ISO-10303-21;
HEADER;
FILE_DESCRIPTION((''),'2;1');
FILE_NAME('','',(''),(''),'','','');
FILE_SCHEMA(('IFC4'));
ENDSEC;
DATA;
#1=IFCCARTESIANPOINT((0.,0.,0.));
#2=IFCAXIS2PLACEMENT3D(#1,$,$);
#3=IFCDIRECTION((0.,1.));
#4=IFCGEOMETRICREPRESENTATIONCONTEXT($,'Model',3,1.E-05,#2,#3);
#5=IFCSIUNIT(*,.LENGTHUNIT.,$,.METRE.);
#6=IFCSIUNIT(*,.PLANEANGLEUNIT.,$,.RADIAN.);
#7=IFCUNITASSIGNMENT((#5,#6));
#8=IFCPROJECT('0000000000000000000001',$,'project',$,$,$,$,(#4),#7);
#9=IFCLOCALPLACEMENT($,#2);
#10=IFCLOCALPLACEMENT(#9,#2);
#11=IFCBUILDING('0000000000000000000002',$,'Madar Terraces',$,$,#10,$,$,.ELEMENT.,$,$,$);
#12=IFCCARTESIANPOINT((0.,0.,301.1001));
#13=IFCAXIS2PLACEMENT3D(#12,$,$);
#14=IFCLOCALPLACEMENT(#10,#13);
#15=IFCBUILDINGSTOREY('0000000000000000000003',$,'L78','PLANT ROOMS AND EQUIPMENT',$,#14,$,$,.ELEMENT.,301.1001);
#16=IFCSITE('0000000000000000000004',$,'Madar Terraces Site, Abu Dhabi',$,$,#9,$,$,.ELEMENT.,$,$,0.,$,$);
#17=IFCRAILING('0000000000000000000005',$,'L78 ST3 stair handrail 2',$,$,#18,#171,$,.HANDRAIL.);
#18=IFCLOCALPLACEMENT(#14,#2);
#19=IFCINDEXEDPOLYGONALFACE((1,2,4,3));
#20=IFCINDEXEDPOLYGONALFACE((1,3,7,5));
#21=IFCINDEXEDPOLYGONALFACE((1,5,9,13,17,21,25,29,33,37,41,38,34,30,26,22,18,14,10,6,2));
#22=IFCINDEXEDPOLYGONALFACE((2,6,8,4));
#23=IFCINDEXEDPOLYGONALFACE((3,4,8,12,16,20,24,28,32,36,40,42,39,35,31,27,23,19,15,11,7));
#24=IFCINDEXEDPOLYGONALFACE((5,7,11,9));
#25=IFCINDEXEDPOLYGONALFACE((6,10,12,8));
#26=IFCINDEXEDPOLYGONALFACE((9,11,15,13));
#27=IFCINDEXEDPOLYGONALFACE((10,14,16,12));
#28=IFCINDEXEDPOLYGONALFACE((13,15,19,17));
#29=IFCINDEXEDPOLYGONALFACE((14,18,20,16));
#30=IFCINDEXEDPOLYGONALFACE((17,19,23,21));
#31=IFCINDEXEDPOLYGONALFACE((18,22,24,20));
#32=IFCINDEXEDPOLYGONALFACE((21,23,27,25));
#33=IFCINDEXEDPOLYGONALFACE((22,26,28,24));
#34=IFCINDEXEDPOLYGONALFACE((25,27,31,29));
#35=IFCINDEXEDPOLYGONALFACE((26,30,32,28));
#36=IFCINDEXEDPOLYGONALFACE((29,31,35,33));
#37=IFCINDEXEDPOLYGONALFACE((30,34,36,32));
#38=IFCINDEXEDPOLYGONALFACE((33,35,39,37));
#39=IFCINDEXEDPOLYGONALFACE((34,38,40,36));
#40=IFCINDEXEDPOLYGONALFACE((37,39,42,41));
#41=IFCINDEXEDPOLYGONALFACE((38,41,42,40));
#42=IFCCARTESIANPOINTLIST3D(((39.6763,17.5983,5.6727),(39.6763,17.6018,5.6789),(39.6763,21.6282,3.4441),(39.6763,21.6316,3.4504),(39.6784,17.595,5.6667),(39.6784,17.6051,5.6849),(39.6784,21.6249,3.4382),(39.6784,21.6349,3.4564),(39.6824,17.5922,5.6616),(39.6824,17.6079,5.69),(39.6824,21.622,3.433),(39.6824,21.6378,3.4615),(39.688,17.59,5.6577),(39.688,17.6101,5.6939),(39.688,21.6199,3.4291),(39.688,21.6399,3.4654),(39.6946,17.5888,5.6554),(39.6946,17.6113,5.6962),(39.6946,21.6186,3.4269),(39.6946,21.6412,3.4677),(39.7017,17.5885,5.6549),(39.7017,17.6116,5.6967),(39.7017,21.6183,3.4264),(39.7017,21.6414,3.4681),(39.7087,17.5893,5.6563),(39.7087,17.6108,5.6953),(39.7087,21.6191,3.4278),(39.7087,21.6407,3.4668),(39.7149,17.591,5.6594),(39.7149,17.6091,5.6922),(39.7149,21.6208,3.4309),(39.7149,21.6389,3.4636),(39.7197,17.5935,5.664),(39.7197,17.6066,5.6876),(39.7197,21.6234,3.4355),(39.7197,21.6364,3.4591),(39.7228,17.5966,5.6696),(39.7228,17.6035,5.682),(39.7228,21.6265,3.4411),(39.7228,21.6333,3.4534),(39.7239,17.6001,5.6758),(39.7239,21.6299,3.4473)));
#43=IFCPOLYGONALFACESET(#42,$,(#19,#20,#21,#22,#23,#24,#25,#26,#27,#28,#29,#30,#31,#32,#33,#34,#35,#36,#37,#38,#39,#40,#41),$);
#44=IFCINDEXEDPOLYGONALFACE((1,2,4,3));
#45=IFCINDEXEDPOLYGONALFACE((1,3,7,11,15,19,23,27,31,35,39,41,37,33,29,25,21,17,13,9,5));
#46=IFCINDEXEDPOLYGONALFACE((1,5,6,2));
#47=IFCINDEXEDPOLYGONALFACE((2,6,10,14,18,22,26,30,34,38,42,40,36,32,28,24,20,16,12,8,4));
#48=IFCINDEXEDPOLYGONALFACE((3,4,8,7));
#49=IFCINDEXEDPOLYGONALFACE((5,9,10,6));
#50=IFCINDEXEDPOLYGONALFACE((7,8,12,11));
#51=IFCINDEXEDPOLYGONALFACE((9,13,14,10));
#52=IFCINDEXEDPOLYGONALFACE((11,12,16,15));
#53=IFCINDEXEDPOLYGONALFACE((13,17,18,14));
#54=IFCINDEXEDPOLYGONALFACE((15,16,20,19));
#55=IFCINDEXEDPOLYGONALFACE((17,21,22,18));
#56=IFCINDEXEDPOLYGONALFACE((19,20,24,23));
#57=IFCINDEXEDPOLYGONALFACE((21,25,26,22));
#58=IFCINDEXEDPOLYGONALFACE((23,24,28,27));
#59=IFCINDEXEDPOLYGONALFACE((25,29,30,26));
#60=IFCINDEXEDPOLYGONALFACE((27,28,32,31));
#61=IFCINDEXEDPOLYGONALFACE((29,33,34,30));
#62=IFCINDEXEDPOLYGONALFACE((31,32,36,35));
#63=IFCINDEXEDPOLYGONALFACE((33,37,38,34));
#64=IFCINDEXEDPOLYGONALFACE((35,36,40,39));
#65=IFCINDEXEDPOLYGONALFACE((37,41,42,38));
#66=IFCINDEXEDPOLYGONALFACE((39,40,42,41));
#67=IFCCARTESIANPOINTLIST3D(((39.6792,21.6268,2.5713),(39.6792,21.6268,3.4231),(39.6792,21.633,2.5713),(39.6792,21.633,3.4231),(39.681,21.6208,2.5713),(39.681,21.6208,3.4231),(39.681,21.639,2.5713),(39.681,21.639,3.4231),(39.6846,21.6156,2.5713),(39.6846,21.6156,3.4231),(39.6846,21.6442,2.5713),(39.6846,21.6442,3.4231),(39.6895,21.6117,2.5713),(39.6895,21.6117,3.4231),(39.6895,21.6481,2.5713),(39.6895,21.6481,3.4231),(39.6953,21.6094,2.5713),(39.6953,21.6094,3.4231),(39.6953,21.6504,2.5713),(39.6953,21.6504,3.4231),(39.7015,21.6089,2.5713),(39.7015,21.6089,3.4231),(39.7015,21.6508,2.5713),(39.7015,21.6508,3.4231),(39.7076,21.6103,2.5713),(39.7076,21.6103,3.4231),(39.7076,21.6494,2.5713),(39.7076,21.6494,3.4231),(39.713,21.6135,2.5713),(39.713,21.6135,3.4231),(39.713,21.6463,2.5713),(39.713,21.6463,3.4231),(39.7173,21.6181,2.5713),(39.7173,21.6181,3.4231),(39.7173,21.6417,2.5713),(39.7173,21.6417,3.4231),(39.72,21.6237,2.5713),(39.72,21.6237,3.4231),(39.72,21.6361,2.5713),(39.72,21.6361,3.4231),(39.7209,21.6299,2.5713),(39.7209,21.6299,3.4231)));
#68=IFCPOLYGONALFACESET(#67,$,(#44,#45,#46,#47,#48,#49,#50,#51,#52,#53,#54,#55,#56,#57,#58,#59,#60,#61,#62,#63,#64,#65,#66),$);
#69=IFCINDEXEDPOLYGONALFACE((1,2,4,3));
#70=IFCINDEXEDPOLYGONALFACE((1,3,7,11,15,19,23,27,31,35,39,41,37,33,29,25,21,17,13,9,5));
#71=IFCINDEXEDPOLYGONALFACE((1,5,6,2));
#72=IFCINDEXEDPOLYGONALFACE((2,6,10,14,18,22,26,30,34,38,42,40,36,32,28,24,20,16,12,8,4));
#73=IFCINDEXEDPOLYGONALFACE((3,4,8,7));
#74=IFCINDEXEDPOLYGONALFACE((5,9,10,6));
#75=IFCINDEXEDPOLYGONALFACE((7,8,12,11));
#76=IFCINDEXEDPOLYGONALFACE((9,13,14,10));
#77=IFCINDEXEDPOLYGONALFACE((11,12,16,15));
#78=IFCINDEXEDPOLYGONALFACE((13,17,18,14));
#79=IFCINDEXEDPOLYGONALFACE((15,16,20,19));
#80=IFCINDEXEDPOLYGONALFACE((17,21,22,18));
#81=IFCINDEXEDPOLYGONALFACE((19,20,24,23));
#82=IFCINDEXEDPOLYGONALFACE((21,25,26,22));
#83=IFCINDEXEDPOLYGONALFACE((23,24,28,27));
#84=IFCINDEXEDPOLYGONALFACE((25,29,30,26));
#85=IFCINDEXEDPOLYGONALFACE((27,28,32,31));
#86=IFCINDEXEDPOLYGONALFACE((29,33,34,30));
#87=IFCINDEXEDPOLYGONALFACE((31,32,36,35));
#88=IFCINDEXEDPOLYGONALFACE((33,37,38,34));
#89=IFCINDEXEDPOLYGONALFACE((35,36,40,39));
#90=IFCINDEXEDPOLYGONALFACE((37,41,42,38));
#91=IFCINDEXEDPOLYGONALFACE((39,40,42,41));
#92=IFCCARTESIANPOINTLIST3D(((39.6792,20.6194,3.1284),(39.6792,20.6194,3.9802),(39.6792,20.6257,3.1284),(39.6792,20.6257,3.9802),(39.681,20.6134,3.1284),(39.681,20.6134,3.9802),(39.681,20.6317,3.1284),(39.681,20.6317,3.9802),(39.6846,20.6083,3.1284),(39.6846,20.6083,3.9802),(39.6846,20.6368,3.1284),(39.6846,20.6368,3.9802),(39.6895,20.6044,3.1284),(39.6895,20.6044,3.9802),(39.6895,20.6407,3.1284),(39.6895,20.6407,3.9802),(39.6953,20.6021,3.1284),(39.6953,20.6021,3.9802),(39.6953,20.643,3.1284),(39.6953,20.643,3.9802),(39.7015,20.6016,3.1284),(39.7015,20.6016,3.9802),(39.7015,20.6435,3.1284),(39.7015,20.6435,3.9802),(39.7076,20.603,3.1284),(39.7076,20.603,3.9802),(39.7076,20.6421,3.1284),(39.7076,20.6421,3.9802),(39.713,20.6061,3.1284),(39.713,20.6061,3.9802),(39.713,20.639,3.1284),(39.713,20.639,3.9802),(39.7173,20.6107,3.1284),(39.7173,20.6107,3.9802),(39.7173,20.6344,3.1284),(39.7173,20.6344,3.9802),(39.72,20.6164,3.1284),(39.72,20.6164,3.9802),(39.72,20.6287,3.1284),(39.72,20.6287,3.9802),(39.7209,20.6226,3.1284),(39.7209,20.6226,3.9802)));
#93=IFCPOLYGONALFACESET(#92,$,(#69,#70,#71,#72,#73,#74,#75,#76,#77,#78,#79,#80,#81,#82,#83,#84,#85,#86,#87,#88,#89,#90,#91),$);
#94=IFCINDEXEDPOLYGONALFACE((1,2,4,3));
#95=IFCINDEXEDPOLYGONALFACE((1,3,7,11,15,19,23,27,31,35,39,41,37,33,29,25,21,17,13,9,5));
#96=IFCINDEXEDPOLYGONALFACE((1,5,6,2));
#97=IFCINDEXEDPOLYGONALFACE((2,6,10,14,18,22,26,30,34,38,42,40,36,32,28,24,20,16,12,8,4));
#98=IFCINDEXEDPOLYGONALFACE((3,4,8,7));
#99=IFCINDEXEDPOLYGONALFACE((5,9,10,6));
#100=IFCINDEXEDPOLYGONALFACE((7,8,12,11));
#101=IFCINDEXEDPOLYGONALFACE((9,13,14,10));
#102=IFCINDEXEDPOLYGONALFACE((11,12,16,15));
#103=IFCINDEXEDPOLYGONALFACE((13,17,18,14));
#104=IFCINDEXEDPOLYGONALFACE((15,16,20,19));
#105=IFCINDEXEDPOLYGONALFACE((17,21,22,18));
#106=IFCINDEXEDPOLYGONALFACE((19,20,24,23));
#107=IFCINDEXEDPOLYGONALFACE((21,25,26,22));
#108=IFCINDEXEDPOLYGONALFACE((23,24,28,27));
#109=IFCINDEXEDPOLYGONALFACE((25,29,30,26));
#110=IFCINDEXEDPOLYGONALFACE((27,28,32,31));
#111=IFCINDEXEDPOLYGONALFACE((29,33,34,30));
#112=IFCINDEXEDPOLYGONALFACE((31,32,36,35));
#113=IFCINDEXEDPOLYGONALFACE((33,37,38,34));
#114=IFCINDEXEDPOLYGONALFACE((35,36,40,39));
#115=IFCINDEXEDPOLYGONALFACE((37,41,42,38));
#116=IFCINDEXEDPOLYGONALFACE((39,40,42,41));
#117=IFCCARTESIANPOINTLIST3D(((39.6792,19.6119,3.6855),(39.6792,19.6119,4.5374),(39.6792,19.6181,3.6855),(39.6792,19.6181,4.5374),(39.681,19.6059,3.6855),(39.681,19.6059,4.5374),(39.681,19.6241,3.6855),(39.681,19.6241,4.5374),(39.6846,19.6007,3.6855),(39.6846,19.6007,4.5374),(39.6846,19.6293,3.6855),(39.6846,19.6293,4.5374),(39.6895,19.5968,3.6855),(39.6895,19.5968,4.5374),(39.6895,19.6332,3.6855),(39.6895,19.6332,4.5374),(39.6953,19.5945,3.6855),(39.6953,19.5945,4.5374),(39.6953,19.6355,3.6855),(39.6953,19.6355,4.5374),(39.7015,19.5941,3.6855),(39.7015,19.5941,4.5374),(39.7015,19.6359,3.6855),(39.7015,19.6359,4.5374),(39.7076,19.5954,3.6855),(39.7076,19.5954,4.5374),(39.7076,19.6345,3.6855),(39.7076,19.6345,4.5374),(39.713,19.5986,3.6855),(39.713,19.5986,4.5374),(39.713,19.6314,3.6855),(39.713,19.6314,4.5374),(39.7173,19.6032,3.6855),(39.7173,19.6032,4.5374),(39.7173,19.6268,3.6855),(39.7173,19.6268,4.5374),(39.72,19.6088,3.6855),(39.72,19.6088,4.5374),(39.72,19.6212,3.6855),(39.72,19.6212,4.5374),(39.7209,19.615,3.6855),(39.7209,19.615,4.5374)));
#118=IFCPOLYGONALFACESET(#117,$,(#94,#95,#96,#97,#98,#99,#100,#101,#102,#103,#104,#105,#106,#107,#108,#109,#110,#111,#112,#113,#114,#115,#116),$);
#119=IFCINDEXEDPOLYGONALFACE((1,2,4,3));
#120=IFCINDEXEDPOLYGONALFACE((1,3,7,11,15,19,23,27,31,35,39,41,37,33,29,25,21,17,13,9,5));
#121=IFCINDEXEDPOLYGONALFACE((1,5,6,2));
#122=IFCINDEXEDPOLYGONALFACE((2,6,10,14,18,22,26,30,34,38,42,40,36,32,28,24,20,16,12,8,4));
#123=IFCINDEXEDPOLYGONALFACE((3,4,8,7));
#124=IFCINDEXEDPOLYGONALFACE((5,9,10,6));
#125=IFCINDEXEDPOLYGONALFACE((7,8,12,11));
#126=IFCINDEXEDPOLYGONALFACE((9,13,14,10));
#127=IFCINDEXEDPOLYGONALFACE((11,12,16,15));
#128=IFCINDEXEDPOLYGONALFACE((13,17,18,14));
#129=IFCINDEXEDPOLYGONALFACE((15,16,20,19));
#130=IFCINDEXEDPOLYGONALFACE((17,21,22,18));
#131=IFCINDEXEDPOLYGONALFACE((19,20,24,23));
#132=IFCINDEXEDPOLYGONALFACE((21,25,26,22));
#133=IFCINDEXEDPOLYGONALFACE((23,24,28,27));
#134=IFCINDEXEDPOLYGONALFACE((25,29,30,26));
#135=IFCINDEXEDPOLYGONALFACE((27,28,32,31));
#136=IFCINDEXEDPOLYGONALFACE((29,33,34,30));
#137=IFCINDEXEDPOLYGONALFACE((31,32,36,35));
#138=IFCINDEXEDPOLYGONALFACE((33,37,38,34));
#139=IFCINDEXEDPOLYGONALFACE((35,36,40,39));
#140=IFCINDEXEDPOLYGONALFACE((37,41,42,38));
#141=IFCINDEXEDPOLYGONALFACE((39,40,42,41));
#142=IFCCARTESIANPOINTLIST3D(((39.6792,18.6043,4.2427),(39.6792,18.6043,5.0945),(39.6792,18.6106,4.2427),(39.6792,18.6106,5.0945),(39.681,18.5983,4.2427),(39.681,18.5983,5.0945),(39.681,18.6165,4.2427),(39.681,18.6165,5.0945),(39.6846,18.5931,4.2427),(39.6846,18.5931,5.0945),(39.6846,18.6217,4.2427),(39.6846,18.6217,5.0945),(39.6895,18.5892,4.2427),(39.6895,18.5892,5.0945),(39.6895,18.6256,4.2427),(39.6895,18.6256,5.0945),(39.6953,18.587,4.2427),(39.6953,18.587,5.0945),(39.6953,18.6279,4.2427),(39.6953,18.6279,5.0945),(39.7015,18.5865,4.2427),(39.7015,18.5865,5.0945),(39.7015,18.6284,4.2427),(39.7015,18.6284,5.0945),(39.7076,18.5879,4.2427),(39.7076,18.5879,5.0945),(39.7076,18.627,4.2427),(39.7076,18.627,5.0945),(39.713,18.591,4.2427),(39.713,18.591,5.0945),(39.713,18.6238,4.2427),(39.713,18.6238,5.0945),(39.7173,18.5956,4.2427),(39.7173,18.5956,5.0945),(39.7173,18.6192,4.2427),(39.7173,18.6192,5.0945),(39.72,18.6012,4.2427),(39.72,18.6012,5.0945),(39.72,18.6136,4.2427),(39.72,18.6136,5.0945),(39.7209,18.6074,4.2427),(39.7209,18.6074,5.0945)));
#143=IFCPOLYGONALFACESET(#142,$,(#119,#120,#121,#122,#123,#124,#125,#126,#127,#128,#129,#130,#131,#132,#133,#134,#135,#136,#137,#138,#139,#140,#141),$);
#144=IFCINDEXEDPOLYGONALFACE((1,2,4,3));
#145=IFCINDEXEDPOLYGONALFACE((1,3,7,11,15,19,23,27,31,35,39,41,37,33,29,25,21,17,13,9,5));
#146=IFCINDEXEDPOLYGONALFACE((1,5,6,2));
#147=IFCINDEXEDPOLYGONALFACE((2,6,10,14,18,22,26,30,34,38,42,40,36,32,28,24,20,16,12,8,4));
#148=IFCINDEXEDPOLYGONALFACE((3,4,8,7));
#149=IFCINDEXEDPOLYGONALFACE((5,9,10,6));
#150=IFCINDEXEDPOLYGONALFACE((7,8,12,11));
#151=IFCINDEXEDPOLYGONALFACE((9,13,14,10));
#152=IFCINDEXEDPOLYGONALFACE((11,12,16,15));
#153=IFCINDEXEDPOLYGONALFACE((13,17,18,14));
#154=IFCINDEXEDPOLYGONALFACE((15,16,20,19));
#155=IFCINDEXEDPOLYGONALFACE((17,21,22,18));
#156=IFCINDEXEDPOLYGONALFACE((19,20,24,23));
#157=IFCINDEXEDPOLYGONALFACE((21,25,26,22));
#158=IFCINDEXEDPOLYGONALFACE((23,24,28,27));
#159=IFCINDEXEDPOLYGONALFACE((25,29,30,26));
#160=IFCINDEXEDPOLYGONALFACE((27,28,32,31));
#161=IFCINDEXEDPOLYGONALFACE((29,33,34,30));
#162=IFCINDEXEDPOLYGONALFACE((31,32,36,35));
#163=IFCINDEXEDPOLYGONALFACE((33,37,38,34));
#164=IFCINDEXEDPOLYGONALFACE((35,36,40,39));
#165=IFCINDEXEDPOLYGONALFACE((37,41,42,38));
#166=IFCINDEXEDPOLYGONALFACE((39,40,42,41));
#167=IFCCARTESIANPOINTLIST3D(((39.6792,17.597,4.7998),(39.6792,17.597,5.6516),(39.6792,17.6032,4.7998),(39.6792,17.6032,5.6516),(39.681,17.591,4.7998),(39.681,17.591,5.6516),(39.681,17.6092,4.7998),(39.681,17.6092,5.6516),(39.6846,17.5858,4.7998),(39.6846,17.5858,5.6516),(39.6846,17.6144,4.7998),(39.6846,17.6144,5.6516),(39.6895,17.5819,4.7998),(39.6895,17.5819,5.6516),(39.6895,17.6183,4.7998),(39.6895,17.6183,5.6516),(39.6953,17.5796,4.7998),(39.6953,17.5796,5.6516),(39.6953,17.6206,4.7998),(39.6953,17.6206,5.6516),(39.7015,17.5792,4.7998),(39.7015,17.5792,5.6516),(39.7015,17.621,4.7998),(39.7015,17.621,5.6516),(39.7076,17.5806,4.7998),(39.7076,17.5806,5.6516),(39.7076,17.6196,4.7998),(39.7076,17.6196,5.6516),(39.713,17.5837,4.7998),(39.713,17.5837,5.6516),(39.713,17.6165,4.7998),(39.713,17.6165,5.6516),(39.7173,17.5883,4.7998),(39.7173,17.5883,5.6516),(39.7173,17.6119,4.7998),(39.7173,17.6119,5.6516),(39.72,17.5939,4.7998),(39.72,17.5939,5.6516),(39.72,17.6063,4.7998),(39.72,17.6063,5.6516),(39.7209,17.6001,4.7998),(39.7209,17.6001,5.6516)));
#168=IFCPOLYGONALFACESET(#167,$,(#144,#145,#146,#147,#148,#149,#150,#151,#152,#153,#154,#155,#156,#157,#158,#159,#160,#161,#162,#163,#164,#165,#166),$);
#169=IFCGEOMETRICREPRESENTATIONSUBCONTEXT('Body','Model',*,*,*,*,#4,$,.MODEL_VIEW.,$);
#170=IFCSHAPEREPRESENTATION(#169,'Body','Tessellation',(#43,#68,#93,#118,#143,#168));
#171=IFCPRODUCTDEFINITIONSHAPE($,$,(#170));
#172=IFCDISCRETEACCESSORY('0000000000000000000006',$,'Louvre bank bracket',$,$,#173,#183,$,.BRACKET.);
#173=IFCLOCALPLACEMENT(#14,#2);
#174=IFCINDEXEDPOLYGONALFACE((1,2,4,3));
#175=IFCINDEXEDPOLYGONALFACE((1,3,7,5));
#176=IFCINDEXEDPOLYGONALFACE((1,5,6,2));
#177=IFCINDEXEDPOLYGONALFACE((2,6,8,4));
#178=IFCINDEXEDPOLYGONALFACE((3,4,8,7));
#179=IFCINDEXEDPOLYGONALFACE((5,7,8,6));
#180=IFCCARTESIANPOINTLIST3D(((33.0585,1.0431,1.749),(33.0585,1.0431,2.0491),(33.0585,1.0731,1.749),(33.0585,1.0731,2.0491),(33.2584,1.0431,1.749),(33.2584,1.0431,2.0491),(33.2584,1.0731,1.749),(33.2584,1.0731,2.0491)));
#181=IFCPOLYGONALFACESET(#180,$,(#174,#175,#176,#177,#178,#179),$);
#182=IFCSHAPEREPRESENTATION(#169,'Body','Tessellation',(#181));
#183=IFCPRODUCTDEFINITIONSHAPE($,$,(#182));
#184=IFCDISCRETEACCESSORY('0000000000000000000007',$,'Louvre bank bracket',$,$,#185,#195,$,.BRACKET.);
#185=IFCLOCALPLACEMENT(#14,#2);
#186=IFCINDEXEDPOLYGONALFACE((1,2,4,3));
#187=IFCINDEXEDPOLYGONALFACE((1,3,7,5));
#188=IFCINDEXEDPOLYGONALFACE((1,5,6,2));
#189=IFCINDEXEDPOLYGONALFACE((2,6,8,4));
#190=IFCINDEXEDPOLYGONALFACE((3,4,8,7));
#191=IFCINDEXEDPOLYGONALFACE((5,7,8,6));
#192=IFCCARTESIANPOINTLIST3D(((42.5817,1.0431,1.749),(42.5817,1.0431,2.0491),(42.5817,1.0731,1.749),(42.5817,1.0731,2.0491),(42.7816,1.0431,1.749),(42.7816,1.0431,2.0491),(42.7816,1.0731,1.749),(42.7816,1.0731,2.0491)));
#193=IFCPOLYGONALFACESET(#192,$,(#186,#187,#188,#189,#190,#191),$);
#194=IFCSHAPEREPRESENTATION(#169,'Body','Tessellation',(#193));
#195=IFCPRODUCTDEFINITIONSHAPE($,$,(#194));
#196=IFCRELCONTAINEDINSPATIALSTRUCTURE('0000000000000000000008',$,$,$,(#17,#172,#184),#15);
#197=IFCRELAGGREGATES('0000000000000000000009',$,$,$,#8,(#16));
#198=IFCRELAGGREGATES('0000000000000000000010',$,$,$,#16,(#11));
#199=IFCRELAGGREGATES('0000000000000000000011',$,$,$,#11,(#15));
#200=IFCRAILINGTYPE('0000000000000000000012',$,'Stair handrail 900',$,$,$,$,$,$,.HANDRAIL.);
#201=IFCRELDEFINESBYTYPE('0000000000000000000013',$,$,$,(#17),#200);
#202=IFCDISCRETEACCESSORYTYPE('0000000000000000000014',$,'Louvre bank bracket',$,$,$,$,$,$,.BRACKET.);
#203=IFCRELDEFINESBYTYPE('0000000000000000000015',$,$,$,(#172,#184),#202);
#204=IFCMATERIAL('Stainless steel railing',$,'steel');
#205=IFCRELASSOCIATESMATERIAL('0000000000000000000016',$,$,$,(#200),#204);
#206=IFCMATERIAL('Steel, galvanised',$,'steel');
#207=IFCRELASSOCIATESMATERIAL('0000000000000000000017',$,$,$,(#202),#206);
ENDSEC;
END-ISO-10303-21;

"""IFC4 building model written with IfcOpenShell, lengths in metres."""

from ifc_helpers import new_model, si_unit, direction, frame, origin, origin_2d, place, context, subcontext, project, spatial, rectangle, circle, extrude, material, type_object, element, save


model = new_model("IFC4")

# Units and contexts
model_context = context("Model", 3, precision=1e-05, world=origin(), true_north=direction((0.0, 1.0)))
body_context = subcontext(model_context, "Body", "Model", "MODEL_VIEW")
ifc_project = project(units=[si_unit("LENGTHUNIT", "METRE"), si_unit("PLANEANGLEUNIT", "RADIAN")], contexts=[model_context])

# Site, building, storey
site_placement = place(None, origin())
site = spatial("IfcSite", under=ifc_project, at=site_placement, Name="Madar Terraces Site, Abu Dhabi", CompositionType="ELEMENT", RefElevation=0.0)
building_placement = place(site_placement, origin())
building = spatial("IfcBuilding", under=site, at=building_placement, Name="Madar Terraces", CompositionType="ELEMENT")
storey_placement = place(building_placement, frame((0.0, 0.0, 301.1001)))
storey = spatial("IfcBuildingStorey", under=building, at=storey_placement, Name="L78", Description="PLANT ROOMS AND EQUIPMENT", CompositionType="ELEMENT", Elevation=301.1001)

# Railing
ifc_material_1 = material(Name="Stainless steel railing", Category="steel")
railing_type_1 = type_object("IfcRailingType", Name="Stair handrail 900", PredefinedType="HANDRAIL", material=ifc_material_1)
railing_1_placement = place(storey_placement, frame((39.7, 21.6299, 2.5713)))
element("IfcRailing", 1, at=railing_1_placement, inside=storey, type_object=railing_type_1, Name="L78 ST3 stair handrail 2", PredefinedType="HANDRAIL", context=body_context, shape_type="SweptSolid", body=[
    extrude(circle(Radius=0.0239, at=origin_2d()), frame((0.0, 0.0, 0.876), z_axis=(0.0, -0.875101, 0.48394), x_axis=(1.0, 0.0, 0.0)), (0.0, 0.0, 1.0), 4.605),
    extrude(circle(Radius=0.021, at=origin_2d()), origin(), (0.0, 0.0, 1.0), 0.8518),
    extrude(circle(Radius=0.021, at=origin_2d()), frame((0.0, -1.0073, 0.5571)), (0.0, 0.0, 1.0), 0.8518),
    extrude(circle(Radius=0.021, at=origin_2d()), frame((0.0, -2.0149, 1.1143)), (0.0, 0.0, 1.0), 0.8518),
    extrude(circle(Radius=0.021, at=origin_2d()), frame((0.0, -3.0225, 1.6714)), (0.0, 0.0, 1.0), 0.8518),
    extrude(circle(Radius=0.021, at=origin_2d()), frame((0.0, -4.0298, 2.2285)), (0.0, 0.0, 1.0), 0.8518),
])

# Discrete accessories
ifc_material_2 = material(Name="Steel, galvanised", Category="steel")
discrete_accessory_type = type_object("IfcDiscreteAccessoryType", Name="Louvre bank bracket", PredefinedType="BRACKET", material=ifc_material_2)
for number, where, z_axis, x_axis, name in (
    (2, (33.1584, 1.0581, 1.749), (0.0, 0.0, 1.0), (1.0, 0.0, 0.0), "Louvre bank bracket"),
    (3, (42.6816, 1.0581, 1.749), (0.0, 0.0, 1.0), (1.0, 0.0, 0.0), "Louvre bank bracket"),
):
    element("IfcDiscreteAccessory", number, at=place(storey_placement, frame(where, z_axis=z_axis, x_axis=x_axis)), inside=storey, type_object=discrete_accessory_type, Name=name, PredefinedType="BRACKET", context=body_context, shape_type="SweptSolid", body=[
        extrude(rectangle(XDim=0.2, YDim=0.03, at=origin_2d()), origin(), (0.0, 0.0, 1.0), 0.3),
    ])

save(model, "model.ifc")
